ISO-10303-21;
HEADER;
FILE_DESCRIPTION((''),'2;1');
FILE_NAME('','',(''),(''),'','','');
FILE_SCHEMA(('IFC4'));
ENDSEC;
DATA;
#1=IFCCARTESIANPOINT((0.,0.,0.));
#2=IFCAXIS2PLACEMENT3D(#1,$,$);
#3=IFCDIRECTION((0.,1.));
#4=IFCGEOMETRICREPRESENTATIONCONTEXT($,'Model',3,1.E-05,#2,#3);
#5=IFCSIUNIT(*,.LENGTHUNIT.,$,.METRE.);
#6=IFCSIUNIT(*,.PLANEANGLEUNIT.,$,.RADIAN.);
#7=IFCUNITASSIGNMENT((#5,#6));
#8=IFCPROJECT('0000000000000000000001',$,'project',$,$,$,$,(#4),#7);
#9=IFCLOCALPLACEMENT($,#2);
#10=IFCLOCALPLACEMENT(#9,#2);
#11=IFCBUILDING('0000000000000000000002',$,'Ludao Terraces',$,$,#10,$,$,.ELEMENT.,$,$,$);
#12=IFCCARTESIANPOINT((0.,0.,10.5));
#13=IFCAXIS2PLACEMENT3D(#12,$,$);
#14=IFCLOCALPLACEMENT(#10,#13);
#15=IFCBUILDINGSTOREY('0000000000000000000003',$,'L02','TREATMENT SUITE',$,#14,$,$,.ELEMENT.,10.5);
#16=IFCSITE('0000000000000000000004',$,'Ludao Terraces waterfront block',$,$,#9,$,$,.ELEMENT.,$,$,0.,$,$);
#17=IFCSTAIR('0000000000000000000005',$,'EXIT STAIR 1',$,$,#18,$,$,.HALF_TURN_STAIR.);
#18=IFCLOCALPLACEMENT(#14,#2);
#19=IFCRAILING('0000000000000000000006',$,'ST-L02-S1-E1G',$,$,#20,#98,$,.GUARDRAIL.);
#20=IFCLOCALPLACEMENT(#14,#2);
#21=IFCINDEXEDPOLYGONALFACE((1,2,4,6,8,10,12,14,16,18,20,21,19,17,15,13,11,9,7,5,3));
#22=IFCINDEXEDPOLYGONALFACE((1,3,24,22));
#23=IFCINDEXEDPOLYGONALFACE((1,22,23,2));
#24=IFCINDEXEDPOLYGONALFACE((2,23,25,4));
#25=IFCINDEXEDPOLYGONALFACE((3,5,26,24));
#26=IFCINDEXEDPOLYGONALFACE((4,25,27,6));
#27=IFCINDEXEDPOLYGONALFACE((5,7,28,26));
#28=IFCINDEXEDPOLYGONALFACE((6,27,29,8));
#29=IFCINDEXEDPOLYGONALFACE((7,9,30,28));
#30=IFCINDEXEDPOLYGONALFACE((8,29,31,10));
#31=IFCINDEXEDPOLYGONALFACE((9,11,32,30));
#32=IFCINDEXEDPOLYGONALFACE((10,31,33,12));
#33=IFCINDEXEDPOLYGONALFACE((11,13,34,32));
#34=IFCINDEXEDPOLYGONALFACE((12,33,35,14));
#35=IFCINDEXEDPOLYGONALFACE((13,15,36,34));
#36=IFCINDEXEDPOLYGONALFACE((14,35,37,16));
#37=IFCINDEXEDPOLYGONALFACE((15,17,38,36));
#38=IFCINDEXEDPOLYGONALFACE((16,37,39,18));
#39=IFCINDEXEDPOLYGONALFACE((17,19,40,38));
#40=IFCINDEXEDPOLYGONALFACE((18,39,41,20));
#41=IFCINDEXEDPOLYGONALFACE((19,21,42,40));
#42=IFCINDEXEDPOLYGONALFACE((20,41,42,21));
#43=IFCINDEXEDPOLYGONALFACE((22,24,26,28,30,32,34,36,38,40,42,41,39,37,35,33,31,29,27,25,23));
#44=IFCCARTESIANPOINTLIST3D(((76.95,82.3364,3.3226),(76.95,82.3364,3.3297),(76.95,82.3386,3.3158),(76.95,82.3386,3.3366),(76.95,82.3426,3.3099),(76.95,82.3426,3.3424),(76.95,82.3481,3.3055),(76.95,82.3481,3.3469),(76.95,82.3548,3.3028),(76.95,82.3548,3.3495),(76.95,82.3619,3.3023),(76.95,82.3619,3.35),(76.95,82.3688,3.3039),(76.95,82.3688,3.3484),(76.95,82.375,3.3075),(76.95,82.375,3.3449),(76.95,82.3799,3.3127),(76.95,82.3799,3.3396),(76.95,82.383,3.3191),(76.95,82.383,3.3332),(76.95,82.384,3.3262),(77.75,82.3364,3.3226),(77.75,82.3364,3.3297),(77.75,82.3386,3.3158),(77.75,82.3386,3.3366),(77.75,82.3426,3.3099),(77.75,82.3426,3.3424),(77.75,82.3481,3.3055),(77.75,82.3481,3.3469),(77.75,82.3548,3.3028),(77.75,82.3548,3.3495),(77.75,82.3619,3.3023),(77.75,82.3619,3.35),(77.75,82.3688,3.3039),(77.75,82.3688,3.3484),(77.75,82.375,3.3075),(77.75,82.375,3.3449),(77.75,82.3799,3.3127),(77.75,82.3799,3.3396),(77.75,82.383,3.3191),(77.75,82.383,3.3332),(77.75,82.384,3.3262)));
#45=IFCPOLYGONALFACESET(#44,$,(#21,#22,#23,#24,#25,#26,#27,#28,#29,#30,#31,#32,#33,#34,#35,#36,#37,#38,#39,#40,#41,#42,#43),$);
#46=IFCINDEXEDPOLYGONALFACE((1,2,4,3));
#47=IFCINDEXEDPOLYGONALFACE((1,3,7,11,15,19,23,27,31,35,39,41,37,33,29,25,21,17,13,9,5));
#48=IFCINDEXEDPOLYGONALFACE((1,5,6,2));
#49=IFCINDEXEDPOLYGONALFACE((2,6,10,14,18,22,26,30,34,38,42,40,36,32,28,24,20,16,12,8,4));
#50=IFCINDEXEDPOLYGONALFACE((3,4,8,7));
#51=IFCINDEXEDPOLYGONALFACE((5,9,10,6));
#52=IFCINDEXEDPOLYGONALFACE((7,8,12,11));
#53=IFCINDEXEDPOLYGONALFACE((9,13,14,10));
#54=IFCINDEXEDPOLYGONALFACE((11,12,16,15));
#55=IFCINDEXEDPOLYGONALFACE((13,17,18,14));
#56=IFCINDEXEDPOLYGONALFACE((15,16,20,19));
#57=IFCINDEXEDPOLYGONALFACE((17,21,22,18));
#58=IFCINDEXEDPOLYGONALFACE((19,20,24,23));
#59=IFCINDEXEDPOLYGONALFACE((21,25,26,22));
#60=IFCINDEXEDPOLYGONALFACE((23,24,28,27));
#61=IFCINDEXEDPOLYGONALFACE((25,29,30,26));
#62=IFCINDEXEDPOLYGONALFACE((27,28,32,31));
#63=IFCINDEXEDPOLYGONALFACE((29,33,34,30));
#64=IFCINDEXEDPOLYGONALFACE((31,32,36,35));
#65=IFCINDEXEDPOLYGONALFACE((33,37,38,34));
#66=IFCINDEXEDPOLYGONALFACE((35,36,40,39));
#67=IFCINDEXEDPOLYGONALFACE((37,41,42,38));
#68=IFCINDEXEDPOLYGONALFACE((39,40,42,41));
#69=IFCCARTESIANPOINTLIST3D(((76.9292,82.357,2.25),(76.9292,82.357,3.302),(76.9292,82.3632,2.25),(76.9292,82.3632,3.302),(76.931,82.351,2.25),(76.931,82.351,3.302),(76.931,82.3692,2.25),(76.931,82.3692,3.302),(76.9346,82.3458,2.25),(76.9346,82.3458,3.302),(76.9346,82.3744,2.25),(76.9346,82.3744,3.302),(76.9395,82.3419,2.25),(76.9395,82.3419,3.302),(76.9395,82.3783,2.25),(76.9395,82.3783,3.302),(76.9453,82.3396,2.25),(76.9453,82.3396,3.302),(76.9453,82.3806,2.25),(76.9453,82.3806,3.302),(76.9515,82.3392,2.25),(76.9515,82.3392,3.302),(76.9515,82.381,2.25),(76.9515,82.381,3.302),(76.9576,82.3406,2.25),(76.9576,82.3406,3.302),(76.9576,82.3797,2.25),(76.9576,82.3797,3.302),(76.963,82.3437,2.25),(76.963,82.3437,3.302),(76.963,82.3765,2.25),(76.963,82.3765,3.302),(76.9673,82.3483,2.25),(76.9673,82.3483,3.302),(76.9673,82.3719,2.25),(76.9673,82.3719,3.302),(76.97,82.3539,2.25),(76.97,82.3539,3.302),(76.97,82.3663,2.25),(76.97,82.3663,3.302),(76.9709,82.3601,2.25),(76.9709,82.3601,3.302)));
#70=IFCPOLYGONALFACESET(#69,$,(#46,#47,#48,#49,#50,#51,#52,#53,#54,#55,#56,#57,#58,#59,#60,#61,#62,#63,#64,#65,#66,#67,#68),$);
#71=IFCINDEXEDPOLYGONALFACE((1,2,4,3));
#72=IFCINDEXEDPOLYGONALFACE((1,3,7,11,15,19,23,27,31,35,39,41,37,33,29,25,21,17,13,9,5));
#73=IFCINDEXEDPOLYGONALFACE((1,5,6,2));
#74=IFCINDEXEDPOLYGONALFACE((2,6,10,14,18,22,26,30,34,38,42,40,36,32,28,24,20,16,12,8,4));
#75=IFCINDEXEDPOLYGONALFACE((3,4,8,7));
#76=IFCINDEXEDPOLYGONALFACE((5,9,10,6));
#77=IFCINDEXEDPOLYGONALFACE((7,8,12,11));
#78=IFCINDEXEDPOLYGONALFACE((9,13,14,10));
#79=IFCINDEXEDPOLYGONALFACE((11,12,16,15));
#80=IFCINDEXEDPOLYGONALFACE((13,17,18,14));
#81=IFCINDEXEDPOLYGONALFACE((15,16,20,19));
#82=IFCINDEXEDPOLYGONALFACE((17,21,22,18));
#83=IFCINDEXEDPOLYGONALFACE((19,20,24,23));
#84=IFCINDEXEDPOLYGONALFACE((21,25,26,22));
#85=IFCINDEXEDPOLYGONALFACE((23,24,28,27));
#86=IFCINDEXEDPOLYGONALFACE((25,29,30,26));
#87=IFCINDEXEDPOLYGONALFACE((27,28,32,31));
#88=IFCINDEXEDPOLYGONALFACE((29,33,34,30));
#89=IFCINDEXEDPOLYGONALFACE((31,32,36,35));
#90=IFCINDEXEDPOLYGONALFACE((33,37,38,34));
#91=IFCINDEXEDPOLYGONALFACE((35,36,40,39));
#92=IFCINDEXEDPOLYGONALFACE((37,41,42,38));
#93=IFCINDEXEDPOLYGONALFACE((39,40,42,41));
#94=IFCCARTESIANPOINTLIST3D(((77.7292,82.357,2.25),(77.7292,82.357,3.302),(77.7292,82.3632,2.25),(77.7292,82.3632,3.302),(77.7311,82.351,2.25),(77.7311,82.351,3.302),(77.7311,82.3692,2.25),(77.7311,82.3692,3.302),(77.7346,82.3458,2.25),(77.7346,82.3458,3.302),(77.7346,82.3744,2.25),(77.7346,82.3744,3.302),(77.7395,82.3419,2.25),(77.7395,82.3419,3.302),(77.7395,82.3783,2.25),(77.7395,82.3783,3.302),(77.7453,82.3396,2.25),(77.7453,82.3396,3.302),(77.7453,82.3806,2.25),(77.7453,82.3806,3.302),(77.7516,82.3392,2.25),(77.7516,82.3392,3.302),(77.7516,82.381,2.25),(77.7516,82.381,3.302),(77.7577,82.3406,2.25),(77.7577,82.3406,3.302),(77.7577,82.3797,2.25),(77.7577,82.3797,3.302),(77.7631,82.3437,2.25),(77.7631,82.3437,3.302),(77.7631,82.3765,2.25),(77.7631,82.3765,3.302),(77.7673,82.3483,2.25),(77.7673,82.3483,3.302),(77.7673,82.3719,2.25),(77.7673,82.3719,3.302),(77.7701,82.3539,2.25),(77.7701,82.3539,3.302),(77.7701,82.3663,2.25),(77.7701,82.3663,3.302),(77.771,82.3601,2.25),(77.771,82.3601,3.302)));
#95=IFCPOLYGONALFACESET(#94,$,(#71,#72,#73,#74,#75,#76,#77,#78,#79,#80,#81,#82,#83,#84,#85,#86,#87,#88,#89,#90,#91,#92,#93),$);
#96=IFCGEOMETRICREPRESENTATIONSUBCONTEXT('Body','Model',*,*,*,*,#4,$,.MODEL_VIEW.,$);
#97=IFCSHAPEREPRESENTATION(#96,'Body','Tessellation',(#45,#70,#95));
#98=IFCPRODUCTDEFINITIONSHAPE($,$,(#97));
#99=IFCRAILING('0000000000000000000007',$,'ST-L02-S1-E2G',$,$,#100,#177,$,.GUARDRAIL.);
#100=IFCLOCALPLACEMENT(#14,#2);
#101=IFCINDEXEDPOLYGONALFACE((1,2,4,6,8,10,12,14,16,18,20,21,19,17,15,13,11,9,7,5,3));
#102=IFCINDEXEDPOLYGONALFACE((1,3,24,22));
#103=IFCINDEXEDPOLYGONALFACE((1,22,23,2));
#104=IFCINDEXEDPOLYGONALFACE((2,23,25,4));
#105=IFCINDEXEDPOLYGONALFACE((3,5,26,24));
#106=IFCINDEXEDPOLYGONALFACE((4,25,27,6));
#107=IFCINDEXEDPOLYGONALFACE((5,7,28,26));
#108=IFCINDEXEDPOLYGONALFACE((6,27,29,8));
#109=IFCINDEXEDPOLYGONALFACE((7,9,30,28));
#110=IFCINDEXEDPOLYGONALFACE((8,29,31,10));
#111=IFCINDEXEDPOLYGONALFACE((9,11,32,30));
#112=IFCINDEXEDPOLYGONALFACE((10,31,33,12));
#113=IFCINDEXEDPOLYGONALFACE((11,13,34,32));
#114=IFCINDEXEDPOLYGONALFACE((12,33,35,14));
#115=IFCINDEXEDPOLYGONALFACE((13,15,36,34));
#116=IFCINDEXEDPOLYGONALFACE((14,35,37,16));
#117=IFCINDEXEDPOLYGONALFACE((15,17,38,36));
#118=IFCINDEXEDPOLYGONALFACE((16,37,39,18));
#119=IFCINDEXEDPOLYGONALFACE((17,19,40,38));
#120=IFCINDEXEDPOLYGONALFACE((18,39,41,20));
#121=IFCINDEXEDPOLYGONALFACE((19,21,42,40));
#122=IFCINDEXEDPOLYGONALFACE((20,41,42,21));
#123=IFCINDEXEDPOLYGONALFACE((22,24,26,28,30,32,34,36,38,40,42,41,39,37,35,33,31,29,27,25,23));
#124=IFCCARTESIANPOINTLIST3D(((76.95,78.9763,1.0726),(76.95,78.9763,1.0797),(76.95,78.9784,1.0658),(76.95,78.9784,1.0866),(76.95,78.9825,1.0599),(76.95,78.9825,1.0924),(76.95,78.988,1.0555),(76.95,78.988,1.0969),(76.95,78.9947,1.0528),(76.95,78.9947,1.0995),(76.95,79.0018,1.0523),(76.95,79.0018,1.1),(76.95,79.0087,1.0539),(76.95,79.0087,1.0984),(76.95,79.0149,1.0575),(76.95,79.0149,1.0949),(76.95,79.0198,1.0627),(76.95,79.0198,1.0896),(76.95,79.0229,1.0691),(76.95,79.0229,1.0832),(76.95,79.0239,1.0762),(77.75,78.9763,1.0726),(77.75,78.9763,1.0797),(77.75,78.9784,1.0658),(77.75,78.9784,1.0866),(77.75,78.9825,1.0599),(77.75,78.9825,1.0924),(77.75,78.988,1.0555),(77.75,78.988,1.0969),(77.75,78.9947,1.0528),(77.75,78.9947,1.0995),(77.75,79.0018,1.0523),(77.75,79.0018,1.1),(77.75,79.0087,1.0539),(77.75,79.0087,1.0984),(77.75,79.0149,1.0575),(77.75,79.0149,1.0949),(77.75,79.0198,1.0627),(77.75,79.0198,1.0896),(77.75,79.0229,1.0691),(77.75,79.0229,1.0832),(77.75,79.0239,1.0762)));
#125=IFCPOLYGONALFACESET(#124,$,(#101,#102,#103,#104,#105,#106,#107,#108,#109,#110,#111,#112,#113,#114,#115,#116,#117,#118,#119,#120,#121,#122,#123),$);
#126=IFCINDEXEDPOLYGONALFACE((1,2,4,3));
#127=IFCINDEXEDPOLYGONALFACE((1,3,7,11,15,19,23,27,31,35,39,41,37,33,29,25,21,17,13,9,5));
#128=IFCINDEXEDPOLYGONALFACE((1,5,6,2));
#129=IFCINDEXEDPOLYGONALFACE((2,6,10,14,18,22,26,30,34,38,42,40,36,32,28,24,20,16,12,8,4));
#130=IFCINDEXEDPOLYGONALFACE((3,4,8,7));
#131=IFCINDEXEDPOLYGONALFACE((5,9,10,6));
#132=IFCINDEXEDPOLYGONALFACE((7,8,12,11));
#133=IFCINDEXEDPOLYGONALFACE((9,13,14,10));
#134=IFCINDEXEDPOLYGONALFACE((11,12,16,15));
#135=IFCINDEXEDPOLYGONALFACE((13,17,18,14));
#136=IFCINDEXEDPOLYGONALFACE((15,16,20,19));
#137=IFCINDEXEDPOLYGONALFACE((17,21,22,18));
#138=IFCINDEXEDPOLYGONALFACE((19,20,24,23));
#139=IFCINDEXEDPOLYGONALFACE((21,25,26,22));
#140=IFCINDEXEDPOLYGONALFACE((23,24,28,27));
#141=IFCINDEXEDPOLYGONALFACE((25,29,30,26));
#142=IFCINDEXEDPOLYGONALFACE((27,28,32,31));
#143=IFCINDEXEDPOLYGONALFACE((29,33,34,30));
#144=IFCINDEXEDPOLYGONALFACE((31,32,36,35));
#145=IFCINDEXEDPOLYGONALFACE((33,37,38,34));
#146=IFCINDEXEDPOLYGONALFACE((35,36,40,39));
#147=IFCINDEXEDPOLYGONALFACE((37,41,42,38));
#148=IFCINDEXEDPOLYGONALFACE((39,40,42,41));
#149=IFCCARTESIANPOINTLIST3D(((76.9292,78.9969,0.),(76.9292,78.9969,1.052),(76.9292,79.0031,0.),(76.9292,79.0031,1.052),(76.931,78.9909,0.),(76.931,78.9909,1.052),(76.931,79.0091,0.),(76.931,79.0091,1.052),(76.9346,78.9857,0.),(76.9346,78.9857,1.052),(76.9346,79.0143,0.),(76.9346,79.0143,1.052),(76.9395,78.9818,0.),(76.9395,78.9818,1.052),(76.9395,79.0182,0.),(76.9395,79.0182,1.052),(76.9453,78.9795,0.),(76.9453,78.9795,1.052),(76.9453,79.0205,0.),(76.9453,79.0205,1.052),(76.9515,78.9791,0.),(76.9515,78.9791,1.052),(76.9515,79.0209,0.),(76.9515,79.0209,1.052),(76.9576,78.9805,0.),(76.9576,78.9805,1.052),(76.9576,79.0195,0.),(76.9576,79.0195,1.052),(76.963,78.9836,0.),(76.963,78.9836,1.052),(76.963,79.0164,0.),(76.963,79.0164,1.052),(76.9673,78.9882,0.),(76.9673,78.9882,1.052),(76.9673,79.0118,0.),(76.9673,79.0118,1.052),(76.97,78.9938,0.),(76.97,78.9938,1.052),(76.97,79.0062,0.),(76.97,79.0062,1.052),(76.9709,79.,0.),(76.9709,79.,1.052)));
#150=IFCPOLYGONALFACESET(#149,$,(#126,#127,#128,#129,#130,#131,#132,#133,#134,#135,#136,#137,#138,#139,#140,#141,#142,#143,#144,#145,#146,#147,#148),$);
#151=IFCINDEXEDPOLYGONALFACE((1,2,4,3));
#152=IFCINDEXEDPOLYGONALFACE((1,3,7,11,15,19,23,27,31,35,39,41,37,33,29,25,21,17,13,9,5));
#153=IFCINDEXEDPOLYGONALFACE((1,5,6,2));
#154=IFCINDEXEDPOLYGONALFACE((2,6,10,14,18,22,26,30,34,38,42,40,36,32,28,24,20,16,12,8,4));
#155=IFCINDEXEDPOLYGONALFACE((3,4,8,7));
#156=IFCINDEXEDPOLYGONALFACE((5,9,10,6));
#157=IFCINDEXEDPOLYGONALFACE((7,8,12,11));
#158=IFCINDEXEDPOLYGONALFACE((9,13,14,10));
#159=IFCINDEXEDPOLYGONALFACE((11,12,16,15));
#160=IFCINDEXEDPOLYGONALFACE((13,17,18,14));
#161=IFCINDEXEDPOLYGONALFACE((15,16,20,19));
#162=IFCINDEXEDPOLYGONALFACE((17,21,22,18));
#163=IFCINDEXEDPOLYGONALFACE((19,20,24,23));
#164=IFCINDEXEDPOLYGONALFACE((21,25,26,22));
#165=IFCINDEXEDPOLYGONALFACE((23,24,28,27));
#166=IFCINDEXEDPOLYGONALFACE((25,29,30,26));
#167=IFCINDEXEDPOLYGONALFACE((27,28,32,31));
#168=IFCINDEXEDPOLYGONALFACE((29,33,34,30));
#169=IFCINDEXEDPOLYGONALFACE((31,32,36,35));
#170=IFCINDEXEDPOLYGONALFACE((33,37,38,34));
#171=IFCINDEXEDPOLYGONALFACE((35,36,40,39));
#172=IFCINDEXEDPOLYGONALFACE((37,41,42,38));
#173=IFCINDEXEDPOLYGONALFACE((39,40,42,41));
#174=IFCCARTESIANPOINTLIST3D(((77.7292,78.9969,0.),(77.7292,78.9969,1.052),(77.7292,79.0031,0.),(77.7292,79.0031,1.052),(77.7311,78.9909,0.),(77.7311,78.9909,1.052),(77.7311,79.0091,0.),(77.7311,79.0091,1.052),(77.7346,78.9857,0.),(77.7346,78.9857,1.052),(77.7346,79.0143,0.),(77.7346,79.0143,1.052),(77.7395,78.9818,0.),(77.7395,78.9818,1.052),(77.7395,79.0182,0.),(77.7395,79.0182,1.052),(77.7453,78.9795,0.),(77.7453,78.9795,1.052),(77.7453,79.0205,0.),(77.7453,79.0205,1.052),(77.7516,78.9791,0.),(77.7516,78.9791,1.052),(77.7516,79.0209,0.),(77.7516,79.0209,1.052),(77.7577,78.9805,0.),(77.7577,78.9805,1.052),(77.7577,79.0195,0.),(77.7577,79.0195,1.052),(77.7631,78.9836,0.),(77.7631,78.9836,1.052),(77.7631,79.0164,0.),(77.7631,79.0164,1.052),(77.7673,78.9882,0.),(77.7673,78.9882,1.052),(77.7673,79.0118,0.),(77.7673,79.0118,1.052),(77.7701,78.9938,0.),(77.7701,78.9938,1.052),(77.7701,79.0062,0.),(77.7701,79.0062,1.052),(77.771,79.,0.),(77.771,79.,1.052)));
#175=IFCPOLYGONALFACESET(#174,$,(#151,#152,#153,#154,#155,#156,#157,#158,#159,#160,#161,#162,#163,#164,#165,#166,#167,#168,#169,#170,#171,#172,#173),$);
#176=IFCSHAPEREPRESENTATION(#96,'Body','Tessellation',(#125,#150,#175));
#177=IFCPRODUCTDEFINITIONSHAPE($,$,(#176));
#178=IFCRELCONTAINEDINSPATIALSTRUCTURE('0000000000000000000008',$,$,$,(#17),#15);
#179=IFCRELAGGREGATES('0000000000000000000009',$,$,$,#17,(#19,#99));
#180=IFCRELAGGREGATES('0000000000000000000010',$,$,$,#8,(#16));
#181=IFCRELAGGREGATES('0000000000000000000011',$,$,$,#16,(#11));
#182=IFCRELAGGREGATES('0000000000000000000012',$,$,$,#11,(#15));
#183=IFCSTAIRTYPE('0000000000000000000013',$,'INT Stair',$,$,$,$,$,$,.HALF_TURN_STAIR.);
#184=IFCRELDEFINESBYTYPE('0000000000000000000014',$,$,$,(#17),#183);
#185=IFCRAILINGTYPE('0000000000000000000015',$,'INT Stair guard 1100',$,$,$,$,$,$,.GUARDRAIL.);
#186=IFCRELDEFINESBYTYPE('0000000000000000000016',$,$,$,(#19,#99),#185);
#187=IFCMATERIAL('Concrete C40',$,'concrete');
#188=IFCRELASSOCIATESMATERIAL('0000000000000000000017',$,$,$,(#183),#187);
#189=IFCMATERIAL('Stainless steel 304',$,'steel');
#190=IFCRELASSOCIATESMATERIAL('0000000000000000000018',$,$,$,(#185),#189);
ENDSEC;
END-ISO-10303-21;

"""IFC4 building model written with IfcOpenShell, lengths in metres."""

from ifc_helpers import new_model, si_unit, direction, frame, origin, origin_2d, place, context, subcontext, project, spatial, circle, extrude, material, type_object, element, aggregate, save


model = new_model("IFC4")

# Units and contexts
model_context = context("Model", 3, precision=1e-05, world=origin(), true_north=direction((0.0, 1.0)))
body_context = subcontext(model_context, "Body", "Model", "MODEL_VIEW")
ifc_project = project(units=[si_unit("LENGTHUNIT", "METRE"), si_unit("PLANEANGLEUNIT", "RADIAN")], contexts=[model_context])

# Site, building, storey
site_placement = place(None, origin())
site = spatial("IfcSite", under=ifc_project, at=site_placement, Name="Ludao Terraces waterfront block", CompositionType="ELEMENT", RefElevation=0.0)
building_placement = place(site_placement, origin())
building = spatial("IfcBuilding", under=site, at=building_placement, Name="Ludao Terraces", CompositionType="ELEMENT")
storey_placement = place(building_placement, frame((0.0, 0.0, 10.5)))
storey = spatial("IfcBuildingStorey", under=building, at=storey_placement, Name="L02", Description="TREATMENT SUITE", CompositionType="ELEMENT", Elevation=10.5)

# Shared definitions
ifc_material_1 = material(Name="Concrete C40", Category="concrete")

# Shared definitions
ifc_material_2 = material(Name="Stainless steel 304", Category="steel")

# Stair, railings
stair_type = type_object("IfcStairType", Name="INT Stair", PredefinedType="HALF_TURN_STAIR", material=ifc_material_1)
stair_placement = place(storey_placement, origin())
stair = element("IfcStair", 1, at=stair_placement, inside=storey, type_object=stair_type, Name="EXIT STAIR 1", PredefinedType="HALF_TURN_STAIR")
railing_type_1 = type_object("IfcRailingType", Name="INT Stair guard 1100", PredefinedType="GUARDRAIL", material=ifc_material_2)
railing_1_placement = place(storey_placement, frame((76.95, 82.3601, 2.25)))
railing_1 = element("IfcRailing", 2, at=railing_1_placement, type_object=railing_type_1, Name="ST-L02-S1-E1G", PredefinedType="GUARDRAIL", context=body_context, shape_type="SweptSolid", body=[
    extrude(circle(Radius=0.0239, at=origin_2d()), frame((0.0, 0.0, 1.0762), z_axis=(1.0, 0.0, 0.0), x_axis=(0.0, 1.0, 0.0)), (0.0, 0.0, 1.0), 0.8),
    extrude(circle(Radius=0.021, at=origin_2d()), origin(), (0.0, 0.0, 1.0), 1.052),
    extrude(circle(Radius=0.021, at=origin_2d()), frame((0.8, 0.0, 0.0)), (0.0, 0.0, 1.0), 1.052),
])
railing_2_placement = place(storey_placement, frame((76.95, 79.0, 0.0)))
railing_2 = element("IfcRailing", 3, at=railing_2_placement, type_object=railing_type_1, Name="ST-L02-S1-E2G", PredefinedType="GUARDRAIL", context=body_context, shape_type="SweptSolid", body=[
    extrude(circle(Radius=0.0239, at=origin_2d()), frame((0.0, 0.0, 1.0762), z_axis=(1.0, 0.0, 0.0), x_axis=(0.0, 1.0, 0.0)), (0.0, 0.0, 1.0), 0.8),
    extrude(circle(Radius=0.021, at=origin_2d()), origin(), (0.0, 0.0, 1.0), 1.052),
    extrude(circle(Radius=0.021, at=origin_2d()), frame((0.8, 0.0, 0.0)), (0.0, 0.0, 1.0), 1.052),
])
aggregate(stair, [railing_1, railing_2])

save(model, "model.ifc")
